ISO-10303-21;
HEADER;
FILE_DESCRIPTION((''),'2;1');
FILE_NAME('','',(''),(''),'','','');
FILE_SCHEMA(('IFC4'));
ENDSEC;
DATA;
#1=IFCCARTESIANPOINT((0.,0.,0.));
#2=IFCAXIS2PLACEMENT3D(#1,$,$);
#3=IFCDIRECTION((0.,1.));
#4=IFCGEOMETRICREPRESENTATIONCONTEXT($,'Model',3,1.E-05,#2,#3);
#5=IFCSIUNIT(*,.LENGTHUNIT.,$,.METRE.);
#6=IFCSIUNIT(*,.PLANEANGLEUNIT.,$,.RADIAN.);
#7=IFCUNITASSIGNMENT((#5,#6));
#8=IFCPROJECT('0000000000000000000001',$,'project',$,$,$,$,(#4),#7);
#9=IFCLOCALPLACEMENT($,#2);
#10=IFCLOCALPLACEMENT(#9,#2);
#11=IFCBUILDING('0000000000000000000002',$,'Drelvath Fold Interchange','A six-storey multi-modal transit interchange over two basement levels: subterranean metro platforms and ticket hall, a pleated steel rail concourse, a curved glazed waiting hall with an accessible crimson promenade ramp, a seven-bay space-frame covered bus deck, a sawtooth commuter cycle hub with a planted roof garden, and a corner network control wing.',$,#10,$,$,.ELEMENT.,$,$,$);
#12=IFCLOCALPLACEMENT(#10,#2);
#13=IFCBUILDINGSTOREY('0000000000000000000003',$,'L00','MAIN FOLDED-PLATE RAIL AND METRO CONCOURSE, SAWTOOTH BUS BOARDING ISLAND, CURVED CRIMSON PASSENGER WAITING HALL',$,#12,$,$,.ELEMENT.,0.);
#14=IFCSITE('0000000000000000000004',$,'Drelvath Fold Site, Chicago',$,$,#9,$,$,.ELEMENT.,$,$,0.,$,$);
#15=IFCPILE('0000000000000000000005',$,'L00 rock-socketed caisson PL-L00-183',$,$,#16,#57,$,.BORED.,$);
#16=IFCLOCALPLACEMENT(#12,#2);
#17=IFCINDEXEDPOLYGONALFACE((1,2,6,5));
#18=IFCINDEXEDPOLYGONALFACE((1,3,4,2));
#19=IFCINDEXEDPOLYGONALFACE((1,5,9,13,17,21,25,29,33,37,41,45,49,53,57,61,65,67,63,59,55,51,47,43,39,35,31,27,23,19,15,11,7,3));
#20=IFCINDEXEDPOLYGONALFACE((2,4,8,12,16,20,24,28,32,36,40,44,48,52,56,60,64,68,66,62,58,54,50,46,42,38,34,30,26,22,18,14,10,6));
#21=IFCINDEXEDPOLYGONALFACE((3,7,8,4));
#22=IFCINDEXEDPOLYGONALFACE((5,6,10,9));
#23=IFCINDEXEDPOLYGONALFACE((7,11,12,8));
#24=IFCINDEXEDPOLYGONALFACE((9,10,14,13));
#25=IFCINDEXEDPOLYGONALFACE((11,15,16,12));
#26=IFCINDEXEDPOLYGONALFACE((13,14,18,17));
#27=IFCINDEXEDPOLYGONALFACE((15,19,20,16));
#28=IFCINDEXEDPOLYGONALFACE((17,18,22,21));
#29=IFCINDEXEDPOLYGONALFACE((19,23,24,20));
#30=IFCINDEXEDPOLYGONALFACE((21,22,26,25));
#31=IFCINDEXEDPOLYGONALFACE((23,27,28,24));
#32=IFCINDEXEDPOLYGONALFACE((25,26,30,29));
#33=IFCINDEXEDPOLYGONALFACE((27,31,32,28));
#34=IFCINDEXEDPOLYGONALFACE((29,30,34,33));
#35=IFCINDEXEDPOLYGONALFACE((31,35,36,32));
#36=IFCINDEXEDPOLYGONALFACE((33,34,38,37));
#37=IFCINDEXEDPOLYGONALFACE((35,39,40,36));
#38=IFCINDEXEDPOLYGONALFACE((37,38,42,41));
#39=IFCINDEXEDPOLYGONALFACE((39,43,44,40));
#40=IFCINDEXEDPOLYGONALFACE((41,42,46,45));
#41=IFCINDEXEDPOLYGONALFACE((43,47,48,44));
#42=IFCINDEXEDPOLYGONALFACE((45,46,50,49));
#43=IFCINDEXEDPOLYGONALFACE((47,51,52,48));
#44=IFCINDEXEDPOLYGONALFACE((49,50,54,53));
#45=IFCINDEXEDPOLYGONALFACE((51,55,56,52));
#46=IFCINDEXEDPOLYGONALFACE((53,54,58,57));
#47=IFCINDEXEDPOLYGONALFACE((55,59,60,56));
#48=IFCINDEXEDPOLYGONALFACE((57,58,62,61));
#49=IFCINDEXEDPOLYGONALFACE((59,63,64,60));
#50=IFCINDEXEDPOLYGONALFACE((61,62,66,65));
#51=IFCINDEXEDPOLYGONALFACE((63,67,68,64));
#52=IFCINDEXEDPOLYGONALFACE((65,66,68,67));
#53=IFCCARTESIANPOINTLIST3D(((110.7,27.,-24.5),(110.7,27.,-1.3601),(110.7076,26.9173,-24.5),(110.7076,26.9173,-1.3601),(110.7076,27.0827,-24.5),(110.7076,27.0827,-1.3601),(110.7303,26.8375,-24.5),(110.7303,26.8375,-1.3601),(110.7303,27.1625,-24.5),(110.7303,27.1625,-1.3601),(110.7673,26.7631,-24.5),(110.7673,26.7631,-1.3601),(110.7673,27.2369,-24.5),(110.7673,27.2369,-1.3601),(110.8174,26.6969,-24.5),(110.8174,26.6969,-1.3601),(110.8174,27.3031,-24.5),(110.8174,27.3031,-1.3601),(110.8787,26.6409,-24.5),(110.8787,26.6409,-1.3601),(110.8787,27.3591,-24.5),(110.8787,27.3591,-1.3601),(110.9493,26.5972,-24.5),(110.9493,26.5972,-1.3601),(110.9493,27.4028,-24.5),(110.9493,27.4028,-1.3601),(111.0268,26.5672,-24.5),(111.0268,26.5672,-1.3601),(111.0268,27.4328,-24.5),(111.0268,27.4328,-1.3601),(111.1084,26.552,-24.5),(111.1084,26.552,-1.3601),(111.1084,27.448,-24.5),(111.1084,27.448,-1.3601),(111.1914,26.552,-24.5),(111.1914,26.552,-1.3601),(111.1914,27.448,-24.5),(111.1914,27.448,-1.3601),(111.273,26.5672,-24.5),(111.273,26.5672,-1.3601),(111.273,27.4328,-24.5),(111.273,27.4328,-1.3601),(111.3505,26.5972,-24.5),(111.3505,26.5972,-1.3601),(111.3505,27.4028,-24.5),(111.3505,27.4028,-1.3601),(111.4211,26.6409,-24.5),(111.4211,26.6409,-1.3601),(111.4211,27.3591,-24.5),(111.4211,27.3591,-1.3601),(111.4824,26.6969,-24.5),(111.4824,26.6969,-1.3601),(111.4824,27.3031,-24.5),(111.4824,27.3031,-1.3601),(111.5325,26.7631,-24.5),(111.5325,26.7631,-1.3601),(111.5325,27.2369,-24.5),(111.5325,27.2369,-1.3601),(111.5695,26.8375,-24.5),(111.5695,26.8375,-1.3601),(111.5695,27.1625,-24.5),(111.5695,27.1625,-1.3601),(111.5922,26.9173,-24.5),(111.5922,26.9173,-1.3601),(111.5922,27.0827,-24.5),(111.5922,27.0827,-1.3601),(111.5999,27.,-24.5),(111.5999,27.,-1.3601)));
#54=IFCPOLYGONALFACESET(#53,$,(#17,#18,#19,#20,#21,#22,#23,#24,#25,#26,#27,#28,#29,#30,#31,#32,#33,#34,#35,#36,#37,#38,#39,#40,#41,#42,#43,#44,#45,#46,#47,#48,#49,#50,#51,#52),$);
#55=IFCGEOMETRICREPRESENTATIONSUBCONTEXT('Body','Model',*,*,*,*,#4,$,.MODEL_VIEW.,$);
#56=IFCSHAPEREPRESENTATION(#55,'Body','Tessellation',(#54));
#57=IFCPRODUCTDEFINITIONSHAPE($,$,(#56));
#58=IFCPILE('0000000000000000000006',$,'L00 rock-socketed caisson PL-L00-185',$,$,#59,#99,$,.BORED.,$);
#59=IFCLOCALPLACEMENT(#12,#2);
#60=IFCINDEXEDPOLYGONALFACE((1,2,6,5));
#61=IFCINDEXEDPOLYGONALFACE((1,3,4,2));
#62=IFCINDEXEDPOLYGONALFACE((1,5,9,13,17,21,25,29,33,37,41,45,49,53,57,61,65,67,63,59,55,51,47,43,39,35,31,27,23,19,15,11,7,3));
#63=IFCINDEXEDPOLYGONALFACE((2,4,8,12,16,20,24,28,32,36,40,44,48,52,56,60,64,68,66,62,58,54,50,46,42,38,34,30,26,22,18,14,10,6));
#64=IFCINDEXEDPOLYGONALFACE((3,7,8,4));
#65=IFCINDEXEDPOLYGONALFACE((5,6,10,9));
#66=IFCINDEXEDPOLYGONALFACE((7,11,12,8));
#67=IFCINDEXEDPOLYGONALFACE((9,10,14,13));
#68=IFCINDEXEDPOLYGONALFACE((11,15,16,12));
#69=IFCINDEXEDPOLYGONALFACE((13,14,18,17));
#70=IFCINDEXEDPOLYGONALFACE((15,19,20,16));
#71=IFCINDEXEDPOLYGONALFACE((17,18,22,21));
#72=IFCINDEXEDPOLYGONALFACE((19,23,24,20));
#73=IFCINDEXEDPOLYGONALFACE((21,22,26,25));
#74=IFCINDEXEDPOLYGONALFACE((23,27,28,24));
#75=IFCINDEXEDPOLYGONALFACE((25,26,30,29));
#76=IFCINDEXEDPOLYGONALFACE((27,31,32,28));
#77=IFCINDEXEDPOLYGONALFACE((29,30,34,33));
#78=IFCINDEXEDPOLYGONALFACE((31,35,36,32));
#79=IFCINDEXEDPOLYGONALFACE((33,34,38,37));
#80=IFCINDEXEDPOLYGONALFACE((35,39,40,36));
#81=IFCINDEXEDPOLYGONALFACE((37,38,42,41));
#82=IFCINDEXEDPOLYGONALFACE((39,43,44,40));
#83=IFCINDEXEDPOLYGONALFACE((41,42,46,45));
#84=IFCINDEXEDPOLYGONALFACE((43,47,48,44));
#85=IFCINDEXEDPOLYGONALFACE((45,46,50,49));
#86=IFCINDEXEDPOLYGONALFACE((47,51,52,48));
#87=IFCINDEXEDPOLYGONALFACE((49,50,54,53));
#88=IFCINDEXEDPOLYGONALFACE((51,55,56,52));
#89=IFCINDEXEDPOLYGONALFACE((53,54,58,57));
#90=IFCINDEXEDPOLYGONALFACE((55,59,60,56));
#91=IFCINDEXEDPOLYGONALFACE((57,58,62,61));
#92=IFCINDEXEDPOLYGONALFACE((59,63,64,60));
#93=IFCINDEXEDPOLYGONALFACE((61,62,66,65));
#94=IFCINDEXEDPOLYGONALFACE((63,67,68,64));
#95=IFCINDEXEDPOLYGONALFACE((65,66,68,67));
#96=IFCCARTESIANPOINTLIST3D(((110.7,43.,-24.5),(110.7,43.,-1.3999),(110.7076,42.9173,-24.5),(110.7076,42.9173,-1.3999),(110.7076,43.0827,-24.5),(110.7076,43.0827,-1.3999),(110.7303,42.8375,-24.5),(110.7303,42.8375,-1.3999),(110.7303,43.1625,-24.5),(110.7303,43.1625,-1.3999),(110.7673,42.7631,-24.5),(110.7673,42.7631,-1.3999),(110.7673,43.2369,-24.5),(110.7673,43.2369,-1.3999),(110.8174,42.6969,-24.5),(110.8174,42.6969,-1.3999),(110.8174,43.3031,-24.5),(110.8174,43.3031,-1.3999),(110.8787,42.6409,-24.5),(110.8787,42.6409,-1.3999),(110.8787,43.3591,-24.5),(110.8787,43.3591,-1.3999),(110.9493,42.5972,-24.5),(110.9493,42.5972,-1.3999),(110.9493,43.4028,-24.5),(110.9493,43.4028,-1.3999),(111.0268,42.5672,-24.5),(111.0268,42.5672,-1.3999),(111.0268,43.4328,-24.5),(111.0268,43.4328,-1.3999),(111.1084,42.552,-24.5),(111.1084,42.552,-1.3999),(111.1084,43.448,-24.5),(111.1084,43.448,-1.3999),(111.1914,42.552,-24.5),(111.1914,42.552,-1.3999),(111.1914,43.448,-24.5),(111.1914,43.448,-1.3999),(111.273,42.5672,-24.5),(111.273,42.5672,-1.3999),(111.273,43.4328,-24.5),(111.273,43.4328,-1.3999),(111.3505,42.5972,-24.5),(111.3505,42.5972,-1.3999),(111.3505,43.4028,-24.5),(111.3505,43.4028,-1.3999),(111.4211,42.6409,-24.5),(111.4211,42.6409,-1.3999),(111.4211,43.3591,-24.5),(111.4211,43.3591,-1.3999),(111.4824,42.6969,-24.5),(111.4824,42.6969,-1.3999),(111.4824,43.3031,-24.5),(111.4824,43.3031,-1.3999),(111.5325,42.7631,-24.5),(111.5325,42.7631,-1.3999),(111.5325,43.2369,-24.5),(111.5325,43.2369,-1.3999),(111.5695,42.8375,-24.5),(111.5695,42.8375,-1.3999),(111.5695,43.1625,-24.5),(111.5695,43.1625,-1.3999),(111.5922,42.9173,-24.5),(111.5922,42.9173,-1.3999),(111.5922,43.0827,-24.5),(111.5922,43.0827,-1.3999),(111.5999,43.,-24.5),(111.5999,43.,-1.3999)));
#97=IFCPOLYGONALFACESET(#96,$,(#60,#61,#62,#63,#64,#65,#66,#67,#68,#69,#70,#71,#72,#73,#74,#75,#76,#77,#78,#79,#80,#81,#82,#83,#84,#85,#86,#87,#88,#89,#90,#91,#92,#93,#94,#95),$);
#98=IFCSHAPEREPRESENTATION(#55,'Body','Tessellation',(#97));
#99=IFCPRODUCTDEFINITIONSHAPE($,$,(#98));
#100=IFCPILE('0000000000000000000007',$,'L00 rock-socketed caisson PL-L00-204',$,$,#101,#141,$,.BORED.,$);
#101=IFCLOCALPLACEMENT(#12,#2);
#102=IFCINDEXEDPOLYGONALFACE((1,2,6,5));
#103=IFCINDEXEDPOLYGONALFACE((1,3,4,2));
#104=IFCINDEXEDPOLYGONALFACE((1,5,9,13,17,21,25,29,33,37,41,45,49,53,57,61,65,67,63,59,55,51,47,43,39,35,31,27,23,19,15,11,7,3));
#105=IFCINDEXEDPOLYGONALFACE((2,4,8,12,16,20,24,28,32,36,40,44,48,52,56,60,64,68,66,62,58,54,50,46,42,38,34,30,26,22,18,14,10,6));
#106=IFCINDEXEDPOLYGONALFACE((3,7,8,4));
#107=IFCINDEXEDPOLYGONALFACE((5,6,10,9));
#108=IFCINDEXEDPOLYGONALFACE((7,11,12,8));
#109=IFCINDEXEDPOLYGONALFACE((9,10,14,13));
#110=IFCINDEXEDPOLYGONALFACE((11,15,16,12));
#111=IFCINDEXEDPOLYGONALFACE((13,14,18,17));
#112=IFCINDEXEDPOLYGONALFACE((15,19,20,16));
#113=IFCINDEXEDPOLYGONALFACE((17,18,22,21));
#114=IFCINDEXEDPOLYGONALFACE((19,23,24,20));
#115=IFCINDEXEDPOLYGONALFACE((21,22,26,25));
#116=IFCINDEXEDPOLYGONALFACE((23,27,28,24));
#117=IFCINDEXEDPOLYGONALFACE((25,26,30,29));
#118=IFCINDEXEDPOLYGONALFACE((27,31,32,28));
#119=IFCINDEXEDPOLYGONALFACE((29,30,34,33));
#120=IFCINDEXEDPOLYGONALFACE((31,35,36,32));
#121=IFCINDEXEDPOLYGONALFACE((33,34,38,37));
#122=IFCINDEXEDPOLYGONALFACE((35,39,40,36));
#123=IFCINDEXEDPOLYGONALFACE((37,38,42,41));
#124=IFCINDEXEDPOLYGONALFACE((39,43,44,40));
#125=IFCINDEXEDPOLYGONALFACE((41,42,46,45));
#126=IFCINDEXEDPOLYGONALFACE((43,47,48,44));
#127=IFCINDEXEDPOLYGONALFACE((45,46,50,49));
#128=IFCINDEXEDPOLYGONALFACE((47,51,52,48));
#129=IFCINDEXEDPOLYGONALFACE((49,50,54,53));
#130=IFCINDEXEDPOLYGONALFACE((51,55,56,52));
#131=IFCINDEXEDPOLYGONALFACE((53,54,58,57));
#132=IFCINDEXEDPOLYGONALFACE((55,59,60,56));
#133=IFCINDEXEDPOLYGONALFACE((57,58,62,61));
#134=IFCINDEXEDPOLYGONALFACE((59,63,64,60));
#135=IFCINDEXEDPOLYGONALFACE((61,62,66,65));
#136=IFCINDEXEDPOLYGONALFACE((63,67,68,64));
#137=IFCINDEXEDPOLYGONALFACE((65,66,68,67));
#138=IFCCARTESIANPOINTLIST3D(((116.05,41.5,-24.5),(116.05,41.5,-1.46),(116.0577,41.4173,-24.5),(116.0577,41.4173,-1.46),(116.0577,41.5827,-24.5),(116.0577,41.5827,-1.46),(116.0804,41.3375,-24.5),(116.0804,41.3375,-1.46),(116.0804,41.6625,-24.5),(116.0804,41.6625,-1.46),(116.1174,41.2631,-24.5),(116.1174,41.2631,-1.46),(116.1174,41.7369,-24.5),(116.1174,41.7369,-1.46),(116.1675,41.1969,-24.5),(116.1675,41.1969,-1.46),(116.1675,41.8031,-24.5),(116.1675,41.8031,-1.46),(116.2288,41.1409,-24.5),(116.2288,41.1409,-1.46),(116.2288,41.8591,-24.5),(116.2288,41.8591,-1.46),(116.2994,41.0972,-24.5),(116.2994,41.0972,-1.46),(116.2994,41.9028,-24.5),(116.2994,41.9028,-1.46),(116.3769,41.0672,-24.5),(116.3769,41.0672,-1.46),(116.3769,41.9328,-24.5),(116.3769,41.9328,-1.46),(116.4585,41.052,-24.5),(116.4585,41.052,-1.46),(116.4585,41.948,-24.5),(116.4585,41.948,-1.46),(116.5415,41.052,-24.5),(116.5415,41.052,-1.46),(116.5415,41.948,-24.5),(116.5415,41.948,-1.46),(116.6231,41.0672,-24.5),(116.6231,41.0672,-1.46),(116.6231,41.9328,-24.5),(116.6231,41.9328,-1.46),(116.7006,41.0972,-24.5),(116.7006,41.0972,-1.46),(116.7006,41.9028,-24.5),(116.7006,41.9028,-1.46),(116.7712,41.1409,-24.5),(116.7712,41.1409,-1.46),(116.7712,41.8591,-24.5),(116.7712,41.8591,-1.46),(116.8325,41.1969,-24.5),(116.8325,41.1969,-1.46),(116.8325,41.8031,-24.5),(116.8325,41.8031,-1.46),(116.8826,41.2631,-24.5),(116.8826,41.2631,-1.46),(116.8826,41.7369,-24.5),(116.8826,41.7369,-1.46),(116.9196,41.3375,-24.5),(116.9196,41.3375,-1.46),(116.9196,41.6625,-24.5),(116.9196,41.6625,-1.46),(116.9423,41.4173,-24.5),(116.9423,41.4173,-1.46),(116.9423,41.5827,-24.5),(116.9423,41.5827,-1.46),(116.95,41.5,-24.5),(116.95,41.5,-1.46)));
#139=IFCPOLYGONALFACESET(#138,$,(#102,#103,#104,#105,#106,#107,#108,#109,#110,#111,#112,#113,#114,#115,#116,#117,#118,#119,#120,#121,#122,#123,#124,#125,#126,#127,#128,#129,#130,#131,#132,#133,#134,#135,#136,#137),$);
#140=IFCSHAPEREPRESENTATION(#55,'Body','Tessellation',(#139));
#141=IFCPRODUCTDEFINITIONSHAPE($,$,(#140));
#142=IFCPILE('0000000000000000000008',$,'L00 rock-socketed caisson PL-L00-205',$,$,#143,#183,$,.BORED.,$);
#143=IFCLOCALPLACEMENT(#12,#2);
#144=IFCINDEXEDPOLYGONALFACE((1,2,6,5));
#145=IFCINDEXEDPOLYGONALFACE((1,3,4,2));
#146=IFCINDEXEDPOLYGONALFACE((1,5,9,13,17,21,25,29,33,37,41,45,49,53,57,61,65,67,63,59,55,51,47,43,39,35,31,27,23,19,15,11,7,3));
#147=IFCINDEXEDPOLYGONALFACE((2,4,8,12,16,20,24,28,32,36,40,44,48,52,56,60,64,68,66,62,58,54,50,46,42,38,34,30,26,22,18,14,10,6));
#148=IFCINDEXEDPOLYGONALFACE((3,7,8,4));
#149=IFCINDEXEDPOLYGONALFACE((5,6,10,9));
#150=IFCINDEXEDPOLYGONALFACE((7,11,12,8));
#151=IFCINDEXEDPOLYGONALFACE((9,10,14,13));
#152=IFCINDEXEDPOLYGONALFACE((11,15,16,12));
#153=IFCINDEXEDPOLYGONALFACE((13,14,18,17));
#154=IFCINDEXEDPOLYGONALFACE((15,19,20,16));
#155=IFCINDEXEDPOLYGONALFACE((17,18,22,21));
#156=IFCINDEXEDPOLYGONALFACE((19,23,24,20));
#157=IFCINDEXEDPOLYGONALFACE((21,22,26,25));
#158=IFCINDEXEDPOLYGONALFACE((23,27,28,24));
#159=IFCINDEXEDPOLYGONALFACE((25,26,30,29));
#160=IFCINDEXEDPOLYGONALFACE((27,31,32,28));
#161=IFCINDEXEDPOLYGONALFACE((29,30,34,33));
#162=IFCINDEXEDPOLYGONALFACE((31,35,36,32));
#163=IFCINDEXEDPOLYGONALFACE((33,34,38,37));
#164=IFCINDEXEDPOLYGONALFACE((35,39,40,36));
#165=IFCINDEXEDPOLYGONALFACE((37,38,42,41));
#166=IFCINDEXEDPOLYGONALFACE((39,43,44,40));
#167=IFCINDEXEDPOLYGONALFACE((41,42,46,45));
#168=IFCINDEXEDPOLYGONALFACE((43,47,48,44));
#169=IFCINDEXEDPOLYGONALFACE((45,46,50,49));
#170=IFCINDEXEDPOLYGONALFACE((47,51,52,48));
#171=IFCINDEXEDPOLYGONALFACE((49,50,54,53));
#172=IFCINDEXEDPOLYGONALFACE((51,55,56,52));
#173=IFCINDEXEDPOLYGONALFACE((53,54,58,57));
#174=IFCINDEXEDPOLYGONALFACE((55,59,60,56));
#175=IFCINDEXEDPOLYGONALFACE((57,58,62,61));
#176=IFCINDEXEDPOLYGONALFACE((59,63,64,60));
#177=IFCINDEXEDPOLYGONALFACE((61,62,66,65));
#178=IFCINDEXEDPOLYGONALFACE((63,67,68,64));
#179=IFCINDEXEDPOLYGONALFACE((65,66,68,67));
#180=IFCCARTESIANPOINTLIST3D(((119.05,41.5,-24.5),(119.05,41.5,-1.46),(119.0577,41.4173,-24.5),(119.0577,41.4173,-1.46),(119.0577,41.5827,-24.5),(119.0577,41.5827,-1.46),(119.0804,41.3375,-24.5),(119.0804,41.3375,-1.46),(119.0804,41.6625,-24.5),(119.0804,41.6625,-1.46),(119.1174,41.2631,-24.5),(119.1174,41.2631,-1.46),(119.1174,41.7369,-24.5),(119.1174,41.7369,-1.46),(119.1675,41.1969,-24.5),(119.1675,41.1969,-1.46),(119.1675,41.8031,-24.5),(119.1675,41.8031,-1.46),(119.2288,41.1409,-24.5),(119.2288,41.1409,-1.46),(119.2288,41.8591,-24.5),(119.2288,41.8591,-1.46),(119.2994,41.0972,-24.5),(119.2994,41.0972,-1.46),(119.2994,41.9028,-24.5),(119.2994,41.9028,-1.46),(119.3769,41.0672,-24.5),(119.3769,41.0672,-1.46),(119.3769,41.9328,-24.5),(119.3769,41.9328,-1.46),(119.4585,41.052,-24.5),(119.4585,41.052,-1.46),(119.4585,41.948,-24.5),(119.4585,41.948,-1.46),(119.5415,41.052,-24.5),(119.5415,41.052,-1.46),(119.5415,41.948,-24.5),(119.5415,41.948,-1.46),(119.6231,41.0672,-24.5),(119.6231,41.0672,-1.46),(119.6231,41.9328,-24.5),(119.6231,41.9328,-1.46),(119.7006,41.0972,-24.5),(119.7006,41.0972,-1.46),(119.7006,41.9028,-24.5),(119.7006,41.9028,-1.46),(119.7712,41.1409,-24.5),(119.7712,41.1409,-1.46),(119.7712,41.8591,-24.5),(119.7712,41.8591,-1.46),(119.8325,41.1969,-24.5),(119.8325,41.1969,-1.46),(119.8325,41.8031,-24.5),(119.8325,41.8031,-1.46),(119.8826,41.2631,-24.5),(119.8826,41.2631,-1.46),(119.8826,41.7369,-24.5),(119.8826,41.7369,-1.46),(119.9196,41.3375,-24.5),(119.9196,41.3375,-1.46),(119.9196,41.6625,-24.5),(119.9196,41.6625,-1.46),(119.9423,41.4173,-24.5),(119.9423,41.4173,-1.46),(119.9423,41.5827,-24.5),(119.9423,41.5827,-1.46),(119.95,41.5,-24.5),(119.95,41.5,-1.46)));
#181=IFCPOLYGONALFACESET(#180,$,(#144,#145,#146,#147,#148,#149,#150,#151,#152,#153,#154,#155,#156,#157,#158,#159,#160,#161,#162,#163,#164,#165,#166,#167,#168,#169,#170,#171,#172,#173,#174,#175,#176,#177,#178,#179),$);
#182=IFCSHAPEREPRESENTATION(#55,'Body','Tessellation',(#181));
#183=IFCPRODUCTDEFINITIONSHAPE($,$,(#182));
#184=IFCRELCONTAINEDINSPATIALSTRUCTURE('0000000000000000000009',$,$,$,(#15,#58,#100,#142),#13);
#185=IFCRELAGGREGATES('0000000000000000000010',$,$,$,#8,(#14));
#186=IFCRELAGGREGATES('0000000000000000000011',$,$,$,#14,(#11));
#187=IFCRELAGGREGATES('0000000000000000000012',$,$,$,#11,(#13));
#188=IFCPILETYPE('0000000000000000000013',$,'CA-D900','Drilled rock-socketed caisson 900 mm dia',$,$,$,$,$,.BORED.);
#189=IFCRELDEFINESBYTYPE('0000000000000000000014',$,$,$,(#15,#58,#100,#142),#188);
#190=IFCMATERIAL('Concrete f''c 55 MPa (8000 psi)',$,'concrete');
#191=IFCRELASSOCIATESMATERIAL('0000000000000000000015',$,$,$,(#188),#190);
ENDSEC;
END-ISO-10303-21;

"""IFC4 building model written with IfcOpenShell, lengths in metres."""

from ifc_helpers import new_model, si_unit, direction, frame, origin, origin_2d, place, context, subcontext, project, spatial, circle, extrude, material, material_profile, profile_set, type_object, element, save


model = new_model("IFC4")

# Units and contexts
model_context = context("Model", 3, precision=1e-05, world=origin(), true_north=direction((0.0, 1.0)))
body_context = subcontext(model_context, "Body", "Model", "MODEL_VIEW")
ifc_project = project(units=[si_unit("LENGTHUNIT", "METRE"), si_unit("PLANEANGLEUNIT", "RADIAN")], contexts=[model_context])

# Site, building, storey
site_placement = place(None, origin())
site = spatial("IfcSite", under=ifc_project, at=site_placement, Name="Drelvath Fold Site, Chicago", CompositionType="ELEMENT", RefElevation=0.0)
building_placement = place(site_placement, origin())
building = spatial("IfcBuilding", under=site, at=building_placement, Name="Drelvath Fold Interchange", Description="A six-storey multi-modal transit interchange over two basement levels: subterranean metro platforms and ticket hall, a pleated steel rail concourse, a curved glazed waiting hall with an accessible crimson promenade ramp, a seven-bay space-frame covered bus deck, a sawtooth commuter cycle hub with a planted roof garden, and a corner network control wing.", CompositionType="ELEMENT")
storey_placement = place(building_placement, origin())
storey = spatial("IfcBuildingStorey", under=building, at=storey_placement, Name="L00", Description="MAIN FOLDED-PLATE RAIL AND METRO CONCOURSE, SAWTOOTH BUS BOARDING ISLAND, CURVED CRIMSON PASSENGER WAITING HALL", CompositionType="ELEMENT", Elevation=0.0)

# Piles
ifc_material_1 = material(Name="Concrete f'c 55 MPa (8000 psi)", Category="concrete")
ifc_material_profile_1 = material_profile(ifc_material_1, circle(Radius=0.45, at=origin_2d()), Name="CAISSON D900")
ifc_profile_set_1 = profile_set([ifc_material_profile_1], Name="Concrete f'c 55 MPa (8000 psi)")
pile_type_1 = type_object("IfcPileType", Name="CA-D900", Description="Drilled rock-socketed caisson 900 mm dia", PredefinedType="BORED", material=ifc_profile_set_1)
pile_1_placement = place(storey_placement, frame((111.1499, 27.0, -1.3601), z_axis=(0.0, 0.0, -1.0), x_axis=(1.0, 0.0, 0.0)))
element("IfcPile", 1, at=pile_1_placement, inside=storey, type_object=pile_type_1, Name="L00 rock-socketed caisson PL-L00-183", PredefinedType="BORED", context=body_context, shape_type="SweptSolid", body=[
    extrude(circle(Radius=0.45, at=origin_2d()), origin(), (0.0, 0.0, 1.0), 23.1399),
])
pile_2_placement = place(storey_placement, frame((111.1499, 43.0, -1.3999), z_axis=(0.0, 0.0, -1.0), x_axis=(1.0, 0.0, 0.0)))
element("IfcPile", 2, at=pile_2_placement, inside=storey, type_object=pile_type_1, Name="L00 rock-socketed caisson PL-L00-185", PredefinedType="BORED", context=body_context, shape_type="SweptSolid", body=[
    extrude(circle(Radius=0.45, at=origin_2d()), origin(), (0.0, 0.0, 1.0), 23.1001),
])
for number, where, z_axis, x_axis, name in (
    (3, (116.5, 41.5, -1.46), (0.0, 0.0, -1.0), (1.0, 0.0, 0.0), "L00 rock-socketed caisson PL-L00-204"),
    (4, (119.5, 41.5, -1.46), (0.0, 0.0, -1.0), (1.0, 0.0, 0.0), "L00 rock-socketed caisson PL-L00-205"),
):
    element("IfcPile", number, at=place(storey_placement, frame(where, z_axis=z_axis, x_axis=x_axis)), inside=storey, type_object=pile_type_1, Name=name, PredefinedType="BORED", context=body_context, shape_type="SweptSolid", body=[
        extrude(circle(Radius=0.45, at=origin_2d()), origin(), (0.0, 0.0, 1.0), 23.04),
    ])

save(model, "model.ifc")
